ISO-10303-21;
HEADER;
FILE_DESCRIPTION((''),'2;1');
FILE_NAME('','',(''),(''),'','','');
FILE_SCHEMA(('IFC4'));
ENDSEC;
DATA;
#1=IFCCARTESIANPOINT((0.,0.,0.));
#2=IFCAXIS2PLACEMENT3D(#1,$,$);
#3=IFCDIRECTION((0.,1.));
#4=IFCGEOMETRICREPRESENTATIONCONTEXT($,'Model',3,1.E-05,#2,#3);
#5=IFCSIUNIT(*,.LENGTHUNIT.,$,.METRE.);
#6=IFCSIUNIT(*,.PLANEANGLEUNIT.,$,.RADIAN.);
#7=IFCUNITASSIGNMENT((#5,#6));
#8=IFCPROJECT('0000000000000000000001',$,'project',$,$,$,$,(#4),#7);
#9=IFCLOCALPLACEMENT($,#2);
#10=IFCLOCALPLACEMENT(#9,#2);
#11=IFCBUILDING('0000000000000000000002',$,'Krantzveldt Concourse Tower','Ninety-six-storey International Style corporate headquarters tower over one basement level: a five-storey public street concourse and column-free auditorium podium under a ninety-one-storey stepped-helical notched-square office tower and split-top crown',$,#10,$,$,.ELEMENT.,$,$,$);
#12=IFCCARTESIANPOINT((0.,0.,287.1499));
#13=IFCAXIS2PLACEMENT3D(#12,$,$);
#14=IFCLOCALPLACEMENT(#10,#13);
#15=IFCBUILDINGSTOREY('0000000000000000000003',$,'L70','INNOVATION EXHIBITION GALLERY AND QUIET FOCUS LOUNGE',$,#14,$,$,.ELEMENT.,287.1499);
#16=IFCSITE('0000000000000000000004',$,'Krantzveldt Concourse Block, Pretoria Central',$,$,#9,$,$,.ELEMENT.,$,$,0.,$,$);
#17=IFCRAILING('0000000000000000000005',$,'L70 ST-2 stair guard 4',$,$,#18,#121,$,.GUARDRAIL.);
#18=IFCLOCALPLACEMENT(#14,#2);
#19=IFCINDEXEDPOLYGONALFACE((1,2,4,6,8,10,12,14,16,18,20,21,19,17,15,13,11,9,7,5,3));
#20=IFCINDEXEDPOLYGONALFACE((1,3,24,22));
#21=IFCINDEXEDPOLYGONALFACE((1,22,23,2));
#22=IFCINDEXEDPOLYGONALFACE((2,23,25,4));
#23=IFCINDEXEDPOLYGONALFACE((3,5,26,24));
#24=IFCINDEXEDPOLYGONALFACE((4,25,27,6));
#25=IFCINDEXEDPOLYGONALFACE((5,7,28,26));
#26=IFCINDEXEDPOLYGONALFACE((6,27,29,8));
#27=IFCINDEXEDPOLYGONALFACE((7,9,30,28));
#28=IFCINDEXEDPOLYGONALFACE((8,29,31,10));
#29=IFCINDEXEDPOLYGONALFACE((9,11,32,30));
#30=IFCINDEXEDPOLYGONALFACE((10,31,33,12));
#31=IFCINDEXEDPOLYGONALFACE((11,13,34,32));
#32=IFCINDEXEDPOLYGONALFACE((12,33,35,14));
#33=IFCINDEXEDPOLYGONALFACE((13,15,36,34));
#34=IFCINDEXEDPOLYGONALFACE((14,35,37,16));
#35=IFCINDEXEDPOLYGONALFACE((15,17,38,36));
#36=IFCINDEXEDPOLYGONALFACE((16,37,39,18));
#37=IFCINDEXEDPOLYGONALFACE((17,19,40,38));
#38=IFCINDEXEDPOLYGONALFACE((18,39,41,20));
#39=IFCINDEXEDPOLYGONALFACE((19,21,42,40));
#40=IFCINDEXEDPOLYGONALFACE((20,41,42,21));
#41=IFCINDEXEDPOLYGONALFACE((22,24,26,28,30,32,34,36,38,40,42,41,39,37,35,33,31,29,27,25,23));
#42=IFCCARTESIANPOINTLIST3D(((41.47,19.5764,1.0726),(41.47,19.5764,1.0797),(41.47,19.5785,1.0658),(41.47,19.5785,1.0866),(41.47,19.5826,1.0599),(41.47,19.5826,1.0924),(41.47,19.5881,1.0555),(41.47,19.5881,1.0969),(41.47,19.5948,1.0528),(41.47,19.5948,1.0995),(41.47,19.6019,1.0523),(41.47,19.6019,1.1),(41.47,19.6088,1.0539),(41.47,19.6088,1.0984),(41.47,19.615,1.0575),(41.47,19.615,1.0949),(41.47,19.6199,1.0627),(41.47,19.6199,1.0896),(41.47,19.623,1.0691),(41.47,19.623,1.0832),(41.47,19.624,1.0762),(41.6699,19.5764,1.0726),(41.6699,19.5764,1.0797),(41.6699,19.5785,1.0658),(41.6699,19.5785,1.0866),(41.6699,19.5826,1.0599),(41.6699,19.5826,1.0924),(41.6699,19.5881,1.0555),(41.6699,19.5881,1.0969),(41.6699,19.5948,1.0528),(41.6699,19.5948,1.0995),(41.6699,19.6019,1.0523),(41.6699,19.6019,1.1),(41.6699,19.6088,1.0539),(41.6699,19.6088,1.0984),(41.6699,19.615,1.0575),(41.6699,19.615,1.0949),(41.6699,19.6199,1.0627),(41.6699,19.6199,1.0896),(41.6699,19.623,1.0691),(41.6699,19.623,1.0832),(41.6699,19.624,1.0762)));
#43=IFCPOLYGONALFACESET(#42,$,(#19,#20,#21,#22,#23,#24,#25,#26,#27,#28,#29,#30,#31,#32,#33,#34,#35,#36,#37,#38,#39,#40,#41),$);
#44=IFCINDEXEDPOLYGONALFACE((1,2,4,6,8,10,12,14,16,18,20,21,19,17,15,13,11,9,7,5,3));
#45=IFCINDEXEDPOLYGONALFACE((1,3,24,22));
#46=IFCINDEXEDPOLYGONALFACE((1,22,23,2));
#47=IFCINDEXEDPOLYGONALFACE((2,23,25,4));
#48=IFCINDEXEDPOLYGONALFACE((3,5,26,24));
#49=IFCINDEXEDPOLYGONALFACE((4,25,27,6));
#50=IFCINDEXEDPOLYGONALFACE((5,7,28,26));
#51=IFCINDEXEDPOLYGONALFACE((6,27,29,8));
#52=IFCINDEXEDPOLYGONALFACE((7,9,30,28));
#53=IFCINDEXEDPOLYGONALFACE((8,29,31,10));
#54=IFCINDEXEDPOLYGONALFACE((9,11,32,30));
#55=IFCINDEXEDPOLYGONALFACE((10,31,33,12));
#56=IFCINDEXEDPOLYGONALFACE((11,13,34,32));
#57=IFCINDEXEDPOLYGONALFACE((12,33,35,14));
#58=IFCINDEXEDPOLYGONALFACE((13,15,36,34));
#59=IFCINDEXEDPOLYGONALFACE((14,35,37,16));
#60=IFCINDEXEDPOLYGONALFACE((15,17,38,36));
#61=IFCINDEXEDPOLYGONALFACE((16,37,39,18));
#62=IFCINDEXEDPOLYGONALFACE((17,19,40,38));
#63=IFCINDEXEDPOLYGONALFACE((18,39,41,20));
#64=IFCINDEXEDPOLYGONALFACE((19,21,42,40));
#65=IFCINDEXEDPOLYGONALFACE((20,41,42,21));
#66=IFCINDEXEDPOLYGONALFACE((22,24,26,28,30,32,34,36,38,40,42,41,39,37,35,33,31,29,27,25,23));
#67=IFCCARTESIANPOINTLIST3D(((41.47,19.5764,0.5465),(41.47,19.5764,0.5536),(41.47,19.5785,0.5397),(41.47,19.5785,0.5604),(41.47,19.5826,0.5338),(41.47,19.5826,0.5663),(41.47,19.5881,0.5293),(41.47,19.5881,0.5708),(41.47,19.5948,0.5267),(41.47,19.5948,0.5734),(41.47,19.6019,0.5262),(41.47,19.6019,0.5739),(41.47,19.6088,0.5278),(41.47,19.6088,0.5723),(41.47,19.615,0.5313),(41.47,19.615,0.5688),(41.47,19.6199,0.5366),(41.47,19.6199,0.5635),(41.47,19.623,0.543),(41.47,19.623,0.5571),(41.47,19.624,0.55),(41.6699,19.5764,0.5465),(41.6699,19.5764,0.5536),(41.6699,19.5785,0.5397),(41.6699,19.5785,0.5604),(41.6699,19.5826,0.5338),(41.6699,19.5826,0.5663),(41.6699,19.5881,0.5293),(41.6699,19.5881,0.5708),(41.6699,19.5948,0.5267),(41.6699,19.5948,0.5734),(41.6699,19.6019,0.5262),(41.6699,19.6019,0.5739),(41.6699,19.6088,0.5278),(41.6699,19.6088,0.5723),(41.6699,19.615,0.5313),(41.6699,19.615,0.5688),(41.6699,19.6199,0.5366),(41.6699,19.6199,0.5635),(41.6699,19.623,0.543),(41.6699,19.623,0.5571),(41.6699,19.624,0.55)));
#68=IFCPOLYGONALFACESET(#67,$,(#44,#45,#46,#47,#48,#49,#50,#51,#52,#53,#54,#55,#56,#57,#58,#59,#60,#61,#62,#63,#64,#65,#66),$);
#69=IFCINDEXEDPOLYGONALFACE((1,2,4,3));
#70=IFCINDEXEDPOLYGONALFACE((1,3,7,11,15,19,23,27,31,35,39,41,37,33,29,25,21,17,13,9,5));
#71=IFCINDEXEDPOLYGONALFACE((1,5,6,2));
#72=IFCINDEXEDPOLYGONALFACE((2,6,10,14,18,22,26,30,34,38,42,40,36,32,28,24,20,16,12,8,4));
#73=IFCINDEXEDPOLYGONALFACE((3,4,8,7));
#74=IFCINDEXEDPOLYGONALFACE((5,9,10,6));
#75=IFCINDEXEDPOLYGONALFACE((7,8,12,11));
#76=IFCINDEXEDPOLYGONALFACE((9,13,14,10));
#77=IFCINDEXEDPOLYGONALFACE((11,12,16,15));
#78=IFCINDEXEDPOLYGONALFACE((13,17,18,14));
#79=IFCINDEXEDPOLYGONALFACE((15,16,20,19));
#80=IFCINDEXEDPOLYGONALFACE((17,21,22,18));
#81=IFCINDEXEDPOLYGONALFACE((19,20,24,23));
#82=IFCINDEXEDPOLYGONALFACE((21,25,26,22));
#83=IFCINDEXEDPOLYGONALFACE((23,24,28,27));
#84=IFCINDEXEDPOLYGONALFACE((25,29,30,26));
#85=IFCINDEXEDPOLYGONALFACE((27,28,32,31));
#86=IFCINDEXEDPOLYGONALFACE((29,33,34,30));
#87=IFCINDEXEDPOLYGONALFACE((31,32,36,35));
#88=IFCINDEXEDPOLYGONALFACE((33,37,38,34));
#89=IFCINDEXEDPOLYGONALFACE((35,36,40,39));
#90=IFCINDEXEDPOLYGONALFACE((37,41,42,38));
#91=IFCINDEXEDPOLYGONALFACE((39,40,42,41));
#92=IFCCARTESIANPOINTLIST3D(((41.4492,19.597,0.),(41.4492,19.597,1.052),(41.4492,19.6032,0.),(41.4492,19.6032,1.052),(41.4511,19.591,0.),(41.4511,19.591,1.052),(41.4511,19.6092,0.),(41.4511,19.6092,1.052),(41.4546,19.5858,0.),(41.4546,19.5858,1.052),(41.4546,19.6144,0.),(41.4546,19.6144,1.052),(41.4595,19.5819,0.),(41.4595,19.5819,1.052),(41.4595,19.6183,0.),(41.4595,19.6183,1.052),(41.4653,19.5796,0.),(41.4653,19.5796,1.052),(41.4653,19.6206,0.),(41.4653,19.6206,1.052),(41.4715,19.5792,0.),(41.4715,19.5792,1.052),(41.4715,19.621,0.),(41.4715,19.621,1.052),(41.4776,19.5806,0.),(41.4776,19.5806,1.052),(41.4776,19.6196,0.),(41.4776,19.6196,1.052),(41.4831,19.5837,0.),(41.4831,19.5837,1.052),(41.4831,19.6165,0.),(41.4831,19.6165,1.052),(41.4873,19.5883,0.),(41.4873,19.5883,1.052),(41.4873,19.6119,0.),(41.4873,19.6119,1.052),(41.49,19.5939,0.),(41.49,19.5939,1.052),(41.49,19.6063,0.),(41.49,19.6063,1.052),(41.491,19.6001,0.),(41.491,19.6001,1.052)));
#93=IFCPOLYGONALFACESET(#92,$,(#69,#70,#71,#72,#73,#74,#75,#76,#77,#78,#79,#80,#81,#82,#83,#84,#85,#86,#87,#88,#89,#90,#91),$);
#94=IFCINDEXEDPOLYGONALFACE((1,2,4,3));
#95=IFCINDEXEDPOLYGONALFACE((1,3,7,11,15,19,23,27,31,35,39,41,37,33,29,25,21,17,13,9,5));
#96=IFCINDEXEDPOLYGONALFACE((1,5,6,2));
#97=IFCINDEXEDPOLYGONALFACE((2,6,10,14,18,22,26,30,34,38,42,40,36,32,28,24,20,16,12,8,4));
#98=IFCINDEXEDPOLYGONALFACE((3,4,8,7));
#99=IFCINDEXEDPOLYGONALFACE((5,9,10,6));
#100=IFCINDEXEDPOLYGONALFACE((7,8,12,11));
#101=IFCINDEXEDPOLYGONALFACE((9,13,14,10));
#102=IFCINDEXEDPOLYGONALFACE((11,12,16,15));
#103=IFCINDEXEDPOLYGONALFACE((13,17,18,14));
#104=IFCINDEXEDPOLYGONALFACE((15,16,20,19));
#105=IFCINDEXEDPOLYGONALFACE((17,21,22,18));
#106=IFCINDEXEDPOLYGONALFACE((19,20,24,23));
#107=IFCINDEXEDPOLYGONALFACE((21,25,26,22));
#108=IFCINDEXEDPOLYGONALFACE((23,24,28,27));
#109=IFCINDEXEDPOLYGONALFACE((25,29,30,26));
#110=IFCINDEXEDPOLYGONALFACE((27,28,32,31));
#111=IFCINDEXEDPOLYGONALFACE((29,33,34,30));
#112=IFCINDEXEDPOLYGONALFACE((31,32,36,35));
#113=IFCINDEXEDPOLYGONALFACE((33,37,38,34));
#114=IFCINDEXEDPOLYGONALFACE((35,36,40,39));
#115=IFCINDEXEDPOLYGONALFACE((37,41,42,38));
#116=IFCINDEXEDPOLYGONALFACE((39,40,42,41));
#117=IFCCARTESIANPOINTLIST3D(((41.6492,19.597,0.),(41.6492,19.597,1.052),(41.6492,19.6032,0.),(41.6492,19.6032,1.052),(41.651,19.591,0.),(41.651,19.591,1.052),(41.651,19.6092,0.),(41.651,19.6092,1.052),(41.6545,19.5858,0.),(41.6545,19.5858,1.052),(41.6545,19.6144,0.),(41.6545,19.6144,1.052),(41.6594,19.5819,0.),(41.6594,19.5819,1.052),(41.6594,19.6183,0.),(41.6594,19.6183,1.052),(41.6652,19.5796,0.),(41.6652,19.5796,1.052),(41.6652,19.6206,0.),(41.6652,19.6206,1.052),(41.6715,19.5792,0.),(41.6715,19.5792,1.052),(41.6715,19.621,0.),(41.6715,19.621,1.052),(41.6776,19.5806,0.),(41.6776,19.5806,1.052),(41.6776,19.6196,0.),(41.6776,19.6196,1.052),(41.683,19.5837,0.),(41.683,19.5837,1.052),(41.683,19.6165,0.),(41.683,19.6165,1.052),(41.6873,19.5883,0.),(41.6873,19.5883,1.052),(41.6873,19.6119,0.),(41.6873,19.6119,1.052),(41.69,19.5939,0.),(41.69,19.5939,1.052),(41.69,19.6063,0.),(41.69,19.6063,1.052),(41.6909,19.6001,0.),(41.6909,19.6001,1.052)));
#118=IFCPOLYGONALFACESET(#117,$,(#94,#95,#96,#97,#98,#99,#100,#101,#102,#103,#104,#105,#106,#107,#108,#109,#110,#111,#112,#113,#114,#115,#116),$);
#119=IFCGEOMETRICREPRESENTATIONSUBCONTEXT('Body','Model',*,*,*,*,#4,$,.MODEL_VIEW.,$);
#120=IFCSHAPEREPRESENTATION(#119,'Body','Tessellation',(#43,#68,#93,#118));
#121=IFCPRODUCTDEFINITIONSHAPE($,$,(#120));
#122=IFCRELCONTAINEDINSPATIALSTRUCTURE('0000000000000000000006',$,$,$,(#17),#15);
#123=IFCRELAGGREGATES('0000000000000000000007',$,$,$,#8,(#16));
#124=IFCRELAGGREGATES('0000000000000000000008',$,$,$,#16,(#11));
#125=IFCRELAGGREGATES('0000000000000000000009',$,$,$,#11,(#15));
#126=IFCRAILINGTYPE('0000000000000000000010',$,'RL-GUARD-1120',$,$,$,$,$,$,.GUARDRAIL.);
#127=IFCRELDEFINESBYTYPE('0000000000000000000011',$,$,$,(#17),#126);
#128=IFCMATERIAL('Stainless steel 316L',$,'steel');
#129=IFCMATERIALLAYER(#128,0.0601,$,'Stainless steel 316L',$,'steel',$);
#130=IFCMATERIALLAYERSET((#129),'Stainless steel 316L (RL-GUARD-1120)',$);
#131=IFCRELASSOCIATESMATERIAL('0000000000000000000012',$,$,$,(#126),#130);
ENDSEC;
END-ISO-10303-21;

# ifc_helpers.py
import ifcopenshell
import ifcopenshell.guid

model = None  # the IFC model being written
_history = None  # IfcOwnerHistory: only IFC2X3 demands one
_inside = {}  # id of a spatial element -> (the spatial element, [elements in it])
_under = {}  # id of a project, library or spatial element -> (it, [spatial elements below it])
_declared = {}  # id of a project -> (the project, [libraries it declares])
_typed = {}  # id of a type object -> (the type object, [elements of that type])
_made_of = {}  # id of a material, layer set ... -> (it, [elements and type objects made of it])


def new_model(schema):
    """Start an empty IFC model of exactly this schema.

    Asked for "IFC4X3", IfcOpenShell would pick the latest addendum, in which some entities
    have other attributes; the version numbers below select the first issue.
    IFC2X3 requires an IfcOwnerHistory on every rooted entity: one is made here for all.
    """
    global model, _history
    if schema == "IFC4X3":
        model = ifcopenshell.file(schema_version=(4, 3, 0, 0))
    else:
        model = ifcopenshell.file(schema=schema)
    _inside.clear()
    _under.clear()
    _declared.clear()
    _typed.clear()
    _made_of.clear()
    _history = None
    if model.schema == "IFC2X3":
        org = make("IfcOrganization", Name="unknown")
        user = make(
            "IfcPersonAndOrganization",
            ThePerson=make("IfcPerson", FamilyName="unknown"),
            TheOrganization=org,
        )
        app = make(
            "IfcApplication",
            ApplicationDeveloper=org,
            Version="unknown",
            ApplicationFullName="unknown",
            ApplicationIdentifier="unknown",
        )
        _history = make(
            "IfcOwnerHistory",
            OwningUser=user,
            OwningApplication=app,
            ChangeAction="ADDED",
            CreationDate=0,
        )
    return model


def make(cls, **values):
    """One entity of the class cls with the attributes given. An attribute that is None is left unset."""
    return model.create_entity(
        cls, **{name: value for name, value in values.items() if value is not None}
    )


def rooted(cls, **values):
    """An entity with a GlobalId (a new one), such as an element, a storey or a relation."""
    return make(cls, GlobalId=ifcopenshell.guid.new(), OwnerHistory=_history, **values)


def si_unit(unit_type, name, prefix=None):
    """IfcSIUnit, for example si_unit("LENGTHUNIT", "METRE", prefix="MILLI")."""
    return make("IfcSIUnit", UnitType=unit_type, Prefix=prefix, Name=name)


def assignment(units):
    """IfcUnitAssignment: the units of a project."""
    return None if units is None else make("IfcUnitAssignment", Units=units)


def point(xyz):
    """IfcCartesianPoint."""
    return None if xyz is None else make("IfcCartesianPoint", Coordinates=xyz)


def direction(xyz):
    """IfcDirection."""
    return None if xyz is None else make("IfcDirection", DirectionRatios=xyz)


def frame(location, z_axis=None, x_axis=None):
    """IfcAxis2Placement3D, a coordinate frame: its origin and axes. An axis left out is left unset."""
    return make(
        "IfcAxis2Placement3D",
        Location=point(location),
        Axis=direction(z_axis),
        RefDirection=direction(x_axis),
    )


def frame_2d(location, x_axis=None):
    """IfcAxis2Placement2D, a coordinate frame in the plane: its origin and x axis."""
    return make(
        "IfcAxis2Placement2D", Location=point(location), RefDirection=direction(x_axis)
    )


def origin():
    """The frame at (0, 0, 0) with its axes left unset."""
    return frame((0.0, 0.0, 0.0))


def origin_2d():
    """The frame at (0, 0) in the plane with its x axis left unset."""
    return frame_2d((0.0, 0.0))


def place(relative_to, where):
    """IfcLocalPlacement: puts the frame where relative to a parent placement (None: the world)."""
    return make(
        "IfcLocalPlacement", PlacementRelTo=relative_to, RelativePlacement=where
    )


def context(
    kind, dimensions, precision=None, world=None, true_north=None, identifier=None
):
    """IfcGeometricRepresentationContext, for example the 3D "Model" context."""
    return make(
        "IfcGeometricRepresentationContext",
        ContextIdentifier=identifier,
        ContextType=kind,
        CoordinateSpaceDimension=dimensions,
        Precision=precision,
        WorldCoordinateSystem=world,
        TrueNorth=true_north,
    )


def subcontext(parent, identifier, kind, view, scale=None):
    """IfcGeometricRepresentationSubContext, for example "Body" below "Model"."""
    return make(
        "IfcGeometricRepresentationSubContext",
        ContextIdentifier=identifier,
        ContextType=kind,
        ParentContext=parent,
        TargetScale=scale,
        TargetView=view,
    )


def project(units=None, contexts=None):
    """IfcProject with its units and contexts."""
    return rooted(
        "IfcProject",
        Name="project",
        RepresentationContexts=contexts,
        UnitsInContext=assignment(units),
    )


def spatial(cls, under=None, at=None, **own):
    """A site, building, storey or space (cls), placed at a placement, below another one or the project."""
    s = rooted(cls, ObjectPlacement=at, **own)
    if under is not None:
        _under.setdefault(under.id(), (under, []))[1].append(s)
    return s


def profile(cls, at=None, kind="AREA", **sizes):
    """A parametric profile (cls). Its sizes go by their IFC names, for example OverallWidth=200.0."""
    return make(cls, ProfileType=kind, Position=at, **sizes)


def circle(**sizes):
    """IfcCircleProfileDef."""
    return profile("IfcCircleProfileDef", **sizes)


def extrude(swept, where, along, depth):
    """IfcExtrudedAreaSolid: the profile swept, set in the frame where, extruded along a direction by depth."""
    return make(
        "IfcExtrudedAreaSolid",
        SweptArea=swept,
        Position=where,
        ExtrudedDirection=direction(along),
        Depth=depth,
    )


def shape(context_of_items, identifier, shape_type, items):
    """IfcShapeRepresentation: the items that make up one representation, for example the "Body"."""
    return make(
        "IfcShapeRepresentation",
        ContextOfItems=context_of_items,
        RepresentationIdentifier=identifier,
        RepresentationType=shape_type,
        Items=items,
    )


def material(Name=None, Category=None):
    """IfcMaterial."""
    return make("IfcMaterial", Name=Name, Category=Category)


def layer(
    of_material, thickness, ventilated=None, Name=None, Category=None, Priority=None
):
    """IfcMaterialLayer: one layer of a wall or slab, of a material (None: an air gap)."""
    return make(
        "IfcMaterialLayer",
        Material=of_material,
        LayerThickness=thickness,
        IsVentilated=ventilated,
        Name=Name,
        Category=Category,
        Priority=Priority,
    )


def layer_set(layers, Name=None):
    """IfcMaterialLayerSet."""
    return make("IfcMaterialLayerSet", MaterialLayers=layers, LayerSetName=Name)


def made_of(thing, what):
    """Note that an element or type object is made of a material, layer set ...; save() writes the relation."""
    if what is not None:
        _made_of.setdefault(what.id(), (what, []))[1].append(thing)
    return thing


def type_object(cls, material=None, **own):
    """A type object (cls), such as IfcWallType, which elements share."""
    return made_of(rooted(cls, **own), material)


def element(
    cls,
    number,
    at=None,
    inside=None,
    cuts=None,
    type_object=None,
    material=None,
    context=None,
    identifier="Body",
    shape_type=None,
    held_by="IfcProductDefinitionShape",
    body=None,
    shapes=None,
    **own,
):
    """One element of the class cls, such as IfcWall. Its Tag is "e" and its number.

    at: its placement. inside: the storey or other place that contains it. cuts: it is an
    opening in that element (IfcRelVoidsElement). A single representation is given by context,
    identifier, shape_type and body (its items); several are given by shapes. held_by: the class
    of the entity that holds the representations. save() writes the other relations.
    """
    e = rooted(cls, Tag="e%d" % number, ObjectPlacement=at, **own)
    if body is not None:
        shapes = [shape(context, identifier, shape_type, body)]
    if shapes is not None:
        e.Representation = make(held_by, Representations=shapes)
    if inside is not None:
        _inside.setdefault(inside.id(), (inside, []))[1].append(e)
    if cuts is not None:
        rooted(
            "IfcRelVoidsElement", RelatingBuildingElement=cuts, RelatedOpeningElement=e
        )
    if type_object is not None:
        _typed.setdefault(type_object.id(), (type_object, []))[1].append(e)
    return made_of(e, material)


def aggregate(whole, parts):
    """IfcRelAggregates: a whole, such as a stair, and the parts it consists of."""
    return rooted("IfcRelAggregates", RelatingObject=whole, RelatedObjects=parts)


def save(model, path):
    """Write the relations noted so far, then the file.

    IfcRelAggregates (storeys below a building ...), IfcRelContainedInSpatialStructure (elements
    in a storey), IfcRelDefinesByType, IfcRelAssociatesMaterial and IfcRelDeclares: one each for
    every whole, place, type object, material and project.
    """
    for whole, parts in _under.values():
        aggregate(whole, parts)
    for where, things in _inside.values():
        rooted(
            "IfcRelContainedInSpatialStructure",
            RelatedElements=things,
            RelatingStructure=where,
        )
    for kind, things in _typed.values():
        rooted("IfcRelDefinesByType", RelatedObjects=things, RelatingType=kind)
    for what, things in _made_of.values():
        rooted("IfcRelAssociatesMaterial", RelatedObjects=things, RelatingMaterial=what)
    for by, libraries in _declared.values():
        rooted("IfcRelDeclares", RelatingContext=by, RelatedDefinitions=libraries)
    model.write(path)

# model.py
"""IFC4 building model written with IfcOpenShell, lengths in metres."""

from ifc_helpers import new_model, si_unit, direction, frame, origin, origin_2d, place, context, subcontext, project, spatial, circle, extrude, material, layer, layer_set, type_object, element, save


model = new_model("IFC4")

# Units and contexts
model_context = context("Model", 3, precision=1e-05, world=origin(), true_north=direction((0.0, 1.0)))
body_context = subcontext(model_context, "Body", "Model", "MODEL_VIEW")
ifc_project = project(units=[si_unit("LENGTHUNIT", "METRE"), si_unit("PLANEANGLEUNIT", "RADIAN")], contexts=[model_context])

# Site, building, storey
site_placement = place(None, origin())
site = spatial("IfcSite", under=ifc_project, at=site_placement, Name="Krantzveldt Concourse Block, Pretoria Central", CompositionType="ELEMENT", RefElevation=0.0)
building_placement = place(site_placement, origin())
building = spatial("IfcBuilding", under=site, at=building_placement, Name="Krantzveldt Concourse Tower", Description="Ninety-six-storey International Style corporate headquarters tower over one basement level: a five-storey public street concourse and column-free auditorium podium under a ninety-one-storey stepped-helical notched-square office tower and split-top crown", CompositionType="ELEMENT")
storey_placement = place(building_placement, frame((0.0, 0.0, 287.1499)))
storey = spatial("IfcBuildingStorey", under=building, at=storey_placement, Name="L70", Description="INNOVATION EXHIBITION GALLERY AND QUIET FOCUS LOUNGE", CompositionType="ELEMENT", Elevation=287.1499)

# Shared definitions
ifc_material_1 = material(Name="Stainless steel 316L", Category="steel")

# Railing
ifc_layer_1 = layer(ifc_material_1, 0.0601, Name="Stainless steel 316L", Category="steel")
ifc_layer_set_1 = layer_set([ifc_layer_1], Name="Stainless steel 316L (RL-GUARD-1120)")
railing_type_1 = type_object("IfcRailingType", Name="RL-GUARD-1120", PredefinedType="GUARDRAIL", material=ifc_layer_set_1)
for number, where, name in (
    (1, (41.47, 19.6001, 0.0), "L70 ST-2 stair guard 4"),
):
    element("IfcRailing", number, at=place(storey_placement, frame(where)), inside=storey, type_object=railing_type_1, Name=name, PredefinedType="GUARDRAIL", context=body_context, shape_type="SweptSolid", body=[
        extrude(circle(Radius=0.0239, at=origin_2d()), frame((0.0, 0.0, 1.0762), z_axis=(1.0, 0.0, 0.0), x_axis=(0.0, 1.0, 0.0)), (0.0, 0.0, 1.0), 0.2),
        extrude(circle(Radius=0.0239, at=origin_2d()), frame((0.0, 0.0, 0.55), z_axis=(1.0, 0.0, 0.0), x_axis=(0.0, 1.0, 0.0)), (0.0, 0.0, 1.0), 0.2),
        extrude(circle(Radius=0.021, at=origin_2d()), origin(), (0.0, 0.0, 1.0), 1.052),
        extrude(circle(Radius=0.021, at=origin_2d()), frame((0.2, 0.0, 0.0)), (0.0, 0.0, 1.0), 1.052),
    ])

save(model, "model.ifc")
